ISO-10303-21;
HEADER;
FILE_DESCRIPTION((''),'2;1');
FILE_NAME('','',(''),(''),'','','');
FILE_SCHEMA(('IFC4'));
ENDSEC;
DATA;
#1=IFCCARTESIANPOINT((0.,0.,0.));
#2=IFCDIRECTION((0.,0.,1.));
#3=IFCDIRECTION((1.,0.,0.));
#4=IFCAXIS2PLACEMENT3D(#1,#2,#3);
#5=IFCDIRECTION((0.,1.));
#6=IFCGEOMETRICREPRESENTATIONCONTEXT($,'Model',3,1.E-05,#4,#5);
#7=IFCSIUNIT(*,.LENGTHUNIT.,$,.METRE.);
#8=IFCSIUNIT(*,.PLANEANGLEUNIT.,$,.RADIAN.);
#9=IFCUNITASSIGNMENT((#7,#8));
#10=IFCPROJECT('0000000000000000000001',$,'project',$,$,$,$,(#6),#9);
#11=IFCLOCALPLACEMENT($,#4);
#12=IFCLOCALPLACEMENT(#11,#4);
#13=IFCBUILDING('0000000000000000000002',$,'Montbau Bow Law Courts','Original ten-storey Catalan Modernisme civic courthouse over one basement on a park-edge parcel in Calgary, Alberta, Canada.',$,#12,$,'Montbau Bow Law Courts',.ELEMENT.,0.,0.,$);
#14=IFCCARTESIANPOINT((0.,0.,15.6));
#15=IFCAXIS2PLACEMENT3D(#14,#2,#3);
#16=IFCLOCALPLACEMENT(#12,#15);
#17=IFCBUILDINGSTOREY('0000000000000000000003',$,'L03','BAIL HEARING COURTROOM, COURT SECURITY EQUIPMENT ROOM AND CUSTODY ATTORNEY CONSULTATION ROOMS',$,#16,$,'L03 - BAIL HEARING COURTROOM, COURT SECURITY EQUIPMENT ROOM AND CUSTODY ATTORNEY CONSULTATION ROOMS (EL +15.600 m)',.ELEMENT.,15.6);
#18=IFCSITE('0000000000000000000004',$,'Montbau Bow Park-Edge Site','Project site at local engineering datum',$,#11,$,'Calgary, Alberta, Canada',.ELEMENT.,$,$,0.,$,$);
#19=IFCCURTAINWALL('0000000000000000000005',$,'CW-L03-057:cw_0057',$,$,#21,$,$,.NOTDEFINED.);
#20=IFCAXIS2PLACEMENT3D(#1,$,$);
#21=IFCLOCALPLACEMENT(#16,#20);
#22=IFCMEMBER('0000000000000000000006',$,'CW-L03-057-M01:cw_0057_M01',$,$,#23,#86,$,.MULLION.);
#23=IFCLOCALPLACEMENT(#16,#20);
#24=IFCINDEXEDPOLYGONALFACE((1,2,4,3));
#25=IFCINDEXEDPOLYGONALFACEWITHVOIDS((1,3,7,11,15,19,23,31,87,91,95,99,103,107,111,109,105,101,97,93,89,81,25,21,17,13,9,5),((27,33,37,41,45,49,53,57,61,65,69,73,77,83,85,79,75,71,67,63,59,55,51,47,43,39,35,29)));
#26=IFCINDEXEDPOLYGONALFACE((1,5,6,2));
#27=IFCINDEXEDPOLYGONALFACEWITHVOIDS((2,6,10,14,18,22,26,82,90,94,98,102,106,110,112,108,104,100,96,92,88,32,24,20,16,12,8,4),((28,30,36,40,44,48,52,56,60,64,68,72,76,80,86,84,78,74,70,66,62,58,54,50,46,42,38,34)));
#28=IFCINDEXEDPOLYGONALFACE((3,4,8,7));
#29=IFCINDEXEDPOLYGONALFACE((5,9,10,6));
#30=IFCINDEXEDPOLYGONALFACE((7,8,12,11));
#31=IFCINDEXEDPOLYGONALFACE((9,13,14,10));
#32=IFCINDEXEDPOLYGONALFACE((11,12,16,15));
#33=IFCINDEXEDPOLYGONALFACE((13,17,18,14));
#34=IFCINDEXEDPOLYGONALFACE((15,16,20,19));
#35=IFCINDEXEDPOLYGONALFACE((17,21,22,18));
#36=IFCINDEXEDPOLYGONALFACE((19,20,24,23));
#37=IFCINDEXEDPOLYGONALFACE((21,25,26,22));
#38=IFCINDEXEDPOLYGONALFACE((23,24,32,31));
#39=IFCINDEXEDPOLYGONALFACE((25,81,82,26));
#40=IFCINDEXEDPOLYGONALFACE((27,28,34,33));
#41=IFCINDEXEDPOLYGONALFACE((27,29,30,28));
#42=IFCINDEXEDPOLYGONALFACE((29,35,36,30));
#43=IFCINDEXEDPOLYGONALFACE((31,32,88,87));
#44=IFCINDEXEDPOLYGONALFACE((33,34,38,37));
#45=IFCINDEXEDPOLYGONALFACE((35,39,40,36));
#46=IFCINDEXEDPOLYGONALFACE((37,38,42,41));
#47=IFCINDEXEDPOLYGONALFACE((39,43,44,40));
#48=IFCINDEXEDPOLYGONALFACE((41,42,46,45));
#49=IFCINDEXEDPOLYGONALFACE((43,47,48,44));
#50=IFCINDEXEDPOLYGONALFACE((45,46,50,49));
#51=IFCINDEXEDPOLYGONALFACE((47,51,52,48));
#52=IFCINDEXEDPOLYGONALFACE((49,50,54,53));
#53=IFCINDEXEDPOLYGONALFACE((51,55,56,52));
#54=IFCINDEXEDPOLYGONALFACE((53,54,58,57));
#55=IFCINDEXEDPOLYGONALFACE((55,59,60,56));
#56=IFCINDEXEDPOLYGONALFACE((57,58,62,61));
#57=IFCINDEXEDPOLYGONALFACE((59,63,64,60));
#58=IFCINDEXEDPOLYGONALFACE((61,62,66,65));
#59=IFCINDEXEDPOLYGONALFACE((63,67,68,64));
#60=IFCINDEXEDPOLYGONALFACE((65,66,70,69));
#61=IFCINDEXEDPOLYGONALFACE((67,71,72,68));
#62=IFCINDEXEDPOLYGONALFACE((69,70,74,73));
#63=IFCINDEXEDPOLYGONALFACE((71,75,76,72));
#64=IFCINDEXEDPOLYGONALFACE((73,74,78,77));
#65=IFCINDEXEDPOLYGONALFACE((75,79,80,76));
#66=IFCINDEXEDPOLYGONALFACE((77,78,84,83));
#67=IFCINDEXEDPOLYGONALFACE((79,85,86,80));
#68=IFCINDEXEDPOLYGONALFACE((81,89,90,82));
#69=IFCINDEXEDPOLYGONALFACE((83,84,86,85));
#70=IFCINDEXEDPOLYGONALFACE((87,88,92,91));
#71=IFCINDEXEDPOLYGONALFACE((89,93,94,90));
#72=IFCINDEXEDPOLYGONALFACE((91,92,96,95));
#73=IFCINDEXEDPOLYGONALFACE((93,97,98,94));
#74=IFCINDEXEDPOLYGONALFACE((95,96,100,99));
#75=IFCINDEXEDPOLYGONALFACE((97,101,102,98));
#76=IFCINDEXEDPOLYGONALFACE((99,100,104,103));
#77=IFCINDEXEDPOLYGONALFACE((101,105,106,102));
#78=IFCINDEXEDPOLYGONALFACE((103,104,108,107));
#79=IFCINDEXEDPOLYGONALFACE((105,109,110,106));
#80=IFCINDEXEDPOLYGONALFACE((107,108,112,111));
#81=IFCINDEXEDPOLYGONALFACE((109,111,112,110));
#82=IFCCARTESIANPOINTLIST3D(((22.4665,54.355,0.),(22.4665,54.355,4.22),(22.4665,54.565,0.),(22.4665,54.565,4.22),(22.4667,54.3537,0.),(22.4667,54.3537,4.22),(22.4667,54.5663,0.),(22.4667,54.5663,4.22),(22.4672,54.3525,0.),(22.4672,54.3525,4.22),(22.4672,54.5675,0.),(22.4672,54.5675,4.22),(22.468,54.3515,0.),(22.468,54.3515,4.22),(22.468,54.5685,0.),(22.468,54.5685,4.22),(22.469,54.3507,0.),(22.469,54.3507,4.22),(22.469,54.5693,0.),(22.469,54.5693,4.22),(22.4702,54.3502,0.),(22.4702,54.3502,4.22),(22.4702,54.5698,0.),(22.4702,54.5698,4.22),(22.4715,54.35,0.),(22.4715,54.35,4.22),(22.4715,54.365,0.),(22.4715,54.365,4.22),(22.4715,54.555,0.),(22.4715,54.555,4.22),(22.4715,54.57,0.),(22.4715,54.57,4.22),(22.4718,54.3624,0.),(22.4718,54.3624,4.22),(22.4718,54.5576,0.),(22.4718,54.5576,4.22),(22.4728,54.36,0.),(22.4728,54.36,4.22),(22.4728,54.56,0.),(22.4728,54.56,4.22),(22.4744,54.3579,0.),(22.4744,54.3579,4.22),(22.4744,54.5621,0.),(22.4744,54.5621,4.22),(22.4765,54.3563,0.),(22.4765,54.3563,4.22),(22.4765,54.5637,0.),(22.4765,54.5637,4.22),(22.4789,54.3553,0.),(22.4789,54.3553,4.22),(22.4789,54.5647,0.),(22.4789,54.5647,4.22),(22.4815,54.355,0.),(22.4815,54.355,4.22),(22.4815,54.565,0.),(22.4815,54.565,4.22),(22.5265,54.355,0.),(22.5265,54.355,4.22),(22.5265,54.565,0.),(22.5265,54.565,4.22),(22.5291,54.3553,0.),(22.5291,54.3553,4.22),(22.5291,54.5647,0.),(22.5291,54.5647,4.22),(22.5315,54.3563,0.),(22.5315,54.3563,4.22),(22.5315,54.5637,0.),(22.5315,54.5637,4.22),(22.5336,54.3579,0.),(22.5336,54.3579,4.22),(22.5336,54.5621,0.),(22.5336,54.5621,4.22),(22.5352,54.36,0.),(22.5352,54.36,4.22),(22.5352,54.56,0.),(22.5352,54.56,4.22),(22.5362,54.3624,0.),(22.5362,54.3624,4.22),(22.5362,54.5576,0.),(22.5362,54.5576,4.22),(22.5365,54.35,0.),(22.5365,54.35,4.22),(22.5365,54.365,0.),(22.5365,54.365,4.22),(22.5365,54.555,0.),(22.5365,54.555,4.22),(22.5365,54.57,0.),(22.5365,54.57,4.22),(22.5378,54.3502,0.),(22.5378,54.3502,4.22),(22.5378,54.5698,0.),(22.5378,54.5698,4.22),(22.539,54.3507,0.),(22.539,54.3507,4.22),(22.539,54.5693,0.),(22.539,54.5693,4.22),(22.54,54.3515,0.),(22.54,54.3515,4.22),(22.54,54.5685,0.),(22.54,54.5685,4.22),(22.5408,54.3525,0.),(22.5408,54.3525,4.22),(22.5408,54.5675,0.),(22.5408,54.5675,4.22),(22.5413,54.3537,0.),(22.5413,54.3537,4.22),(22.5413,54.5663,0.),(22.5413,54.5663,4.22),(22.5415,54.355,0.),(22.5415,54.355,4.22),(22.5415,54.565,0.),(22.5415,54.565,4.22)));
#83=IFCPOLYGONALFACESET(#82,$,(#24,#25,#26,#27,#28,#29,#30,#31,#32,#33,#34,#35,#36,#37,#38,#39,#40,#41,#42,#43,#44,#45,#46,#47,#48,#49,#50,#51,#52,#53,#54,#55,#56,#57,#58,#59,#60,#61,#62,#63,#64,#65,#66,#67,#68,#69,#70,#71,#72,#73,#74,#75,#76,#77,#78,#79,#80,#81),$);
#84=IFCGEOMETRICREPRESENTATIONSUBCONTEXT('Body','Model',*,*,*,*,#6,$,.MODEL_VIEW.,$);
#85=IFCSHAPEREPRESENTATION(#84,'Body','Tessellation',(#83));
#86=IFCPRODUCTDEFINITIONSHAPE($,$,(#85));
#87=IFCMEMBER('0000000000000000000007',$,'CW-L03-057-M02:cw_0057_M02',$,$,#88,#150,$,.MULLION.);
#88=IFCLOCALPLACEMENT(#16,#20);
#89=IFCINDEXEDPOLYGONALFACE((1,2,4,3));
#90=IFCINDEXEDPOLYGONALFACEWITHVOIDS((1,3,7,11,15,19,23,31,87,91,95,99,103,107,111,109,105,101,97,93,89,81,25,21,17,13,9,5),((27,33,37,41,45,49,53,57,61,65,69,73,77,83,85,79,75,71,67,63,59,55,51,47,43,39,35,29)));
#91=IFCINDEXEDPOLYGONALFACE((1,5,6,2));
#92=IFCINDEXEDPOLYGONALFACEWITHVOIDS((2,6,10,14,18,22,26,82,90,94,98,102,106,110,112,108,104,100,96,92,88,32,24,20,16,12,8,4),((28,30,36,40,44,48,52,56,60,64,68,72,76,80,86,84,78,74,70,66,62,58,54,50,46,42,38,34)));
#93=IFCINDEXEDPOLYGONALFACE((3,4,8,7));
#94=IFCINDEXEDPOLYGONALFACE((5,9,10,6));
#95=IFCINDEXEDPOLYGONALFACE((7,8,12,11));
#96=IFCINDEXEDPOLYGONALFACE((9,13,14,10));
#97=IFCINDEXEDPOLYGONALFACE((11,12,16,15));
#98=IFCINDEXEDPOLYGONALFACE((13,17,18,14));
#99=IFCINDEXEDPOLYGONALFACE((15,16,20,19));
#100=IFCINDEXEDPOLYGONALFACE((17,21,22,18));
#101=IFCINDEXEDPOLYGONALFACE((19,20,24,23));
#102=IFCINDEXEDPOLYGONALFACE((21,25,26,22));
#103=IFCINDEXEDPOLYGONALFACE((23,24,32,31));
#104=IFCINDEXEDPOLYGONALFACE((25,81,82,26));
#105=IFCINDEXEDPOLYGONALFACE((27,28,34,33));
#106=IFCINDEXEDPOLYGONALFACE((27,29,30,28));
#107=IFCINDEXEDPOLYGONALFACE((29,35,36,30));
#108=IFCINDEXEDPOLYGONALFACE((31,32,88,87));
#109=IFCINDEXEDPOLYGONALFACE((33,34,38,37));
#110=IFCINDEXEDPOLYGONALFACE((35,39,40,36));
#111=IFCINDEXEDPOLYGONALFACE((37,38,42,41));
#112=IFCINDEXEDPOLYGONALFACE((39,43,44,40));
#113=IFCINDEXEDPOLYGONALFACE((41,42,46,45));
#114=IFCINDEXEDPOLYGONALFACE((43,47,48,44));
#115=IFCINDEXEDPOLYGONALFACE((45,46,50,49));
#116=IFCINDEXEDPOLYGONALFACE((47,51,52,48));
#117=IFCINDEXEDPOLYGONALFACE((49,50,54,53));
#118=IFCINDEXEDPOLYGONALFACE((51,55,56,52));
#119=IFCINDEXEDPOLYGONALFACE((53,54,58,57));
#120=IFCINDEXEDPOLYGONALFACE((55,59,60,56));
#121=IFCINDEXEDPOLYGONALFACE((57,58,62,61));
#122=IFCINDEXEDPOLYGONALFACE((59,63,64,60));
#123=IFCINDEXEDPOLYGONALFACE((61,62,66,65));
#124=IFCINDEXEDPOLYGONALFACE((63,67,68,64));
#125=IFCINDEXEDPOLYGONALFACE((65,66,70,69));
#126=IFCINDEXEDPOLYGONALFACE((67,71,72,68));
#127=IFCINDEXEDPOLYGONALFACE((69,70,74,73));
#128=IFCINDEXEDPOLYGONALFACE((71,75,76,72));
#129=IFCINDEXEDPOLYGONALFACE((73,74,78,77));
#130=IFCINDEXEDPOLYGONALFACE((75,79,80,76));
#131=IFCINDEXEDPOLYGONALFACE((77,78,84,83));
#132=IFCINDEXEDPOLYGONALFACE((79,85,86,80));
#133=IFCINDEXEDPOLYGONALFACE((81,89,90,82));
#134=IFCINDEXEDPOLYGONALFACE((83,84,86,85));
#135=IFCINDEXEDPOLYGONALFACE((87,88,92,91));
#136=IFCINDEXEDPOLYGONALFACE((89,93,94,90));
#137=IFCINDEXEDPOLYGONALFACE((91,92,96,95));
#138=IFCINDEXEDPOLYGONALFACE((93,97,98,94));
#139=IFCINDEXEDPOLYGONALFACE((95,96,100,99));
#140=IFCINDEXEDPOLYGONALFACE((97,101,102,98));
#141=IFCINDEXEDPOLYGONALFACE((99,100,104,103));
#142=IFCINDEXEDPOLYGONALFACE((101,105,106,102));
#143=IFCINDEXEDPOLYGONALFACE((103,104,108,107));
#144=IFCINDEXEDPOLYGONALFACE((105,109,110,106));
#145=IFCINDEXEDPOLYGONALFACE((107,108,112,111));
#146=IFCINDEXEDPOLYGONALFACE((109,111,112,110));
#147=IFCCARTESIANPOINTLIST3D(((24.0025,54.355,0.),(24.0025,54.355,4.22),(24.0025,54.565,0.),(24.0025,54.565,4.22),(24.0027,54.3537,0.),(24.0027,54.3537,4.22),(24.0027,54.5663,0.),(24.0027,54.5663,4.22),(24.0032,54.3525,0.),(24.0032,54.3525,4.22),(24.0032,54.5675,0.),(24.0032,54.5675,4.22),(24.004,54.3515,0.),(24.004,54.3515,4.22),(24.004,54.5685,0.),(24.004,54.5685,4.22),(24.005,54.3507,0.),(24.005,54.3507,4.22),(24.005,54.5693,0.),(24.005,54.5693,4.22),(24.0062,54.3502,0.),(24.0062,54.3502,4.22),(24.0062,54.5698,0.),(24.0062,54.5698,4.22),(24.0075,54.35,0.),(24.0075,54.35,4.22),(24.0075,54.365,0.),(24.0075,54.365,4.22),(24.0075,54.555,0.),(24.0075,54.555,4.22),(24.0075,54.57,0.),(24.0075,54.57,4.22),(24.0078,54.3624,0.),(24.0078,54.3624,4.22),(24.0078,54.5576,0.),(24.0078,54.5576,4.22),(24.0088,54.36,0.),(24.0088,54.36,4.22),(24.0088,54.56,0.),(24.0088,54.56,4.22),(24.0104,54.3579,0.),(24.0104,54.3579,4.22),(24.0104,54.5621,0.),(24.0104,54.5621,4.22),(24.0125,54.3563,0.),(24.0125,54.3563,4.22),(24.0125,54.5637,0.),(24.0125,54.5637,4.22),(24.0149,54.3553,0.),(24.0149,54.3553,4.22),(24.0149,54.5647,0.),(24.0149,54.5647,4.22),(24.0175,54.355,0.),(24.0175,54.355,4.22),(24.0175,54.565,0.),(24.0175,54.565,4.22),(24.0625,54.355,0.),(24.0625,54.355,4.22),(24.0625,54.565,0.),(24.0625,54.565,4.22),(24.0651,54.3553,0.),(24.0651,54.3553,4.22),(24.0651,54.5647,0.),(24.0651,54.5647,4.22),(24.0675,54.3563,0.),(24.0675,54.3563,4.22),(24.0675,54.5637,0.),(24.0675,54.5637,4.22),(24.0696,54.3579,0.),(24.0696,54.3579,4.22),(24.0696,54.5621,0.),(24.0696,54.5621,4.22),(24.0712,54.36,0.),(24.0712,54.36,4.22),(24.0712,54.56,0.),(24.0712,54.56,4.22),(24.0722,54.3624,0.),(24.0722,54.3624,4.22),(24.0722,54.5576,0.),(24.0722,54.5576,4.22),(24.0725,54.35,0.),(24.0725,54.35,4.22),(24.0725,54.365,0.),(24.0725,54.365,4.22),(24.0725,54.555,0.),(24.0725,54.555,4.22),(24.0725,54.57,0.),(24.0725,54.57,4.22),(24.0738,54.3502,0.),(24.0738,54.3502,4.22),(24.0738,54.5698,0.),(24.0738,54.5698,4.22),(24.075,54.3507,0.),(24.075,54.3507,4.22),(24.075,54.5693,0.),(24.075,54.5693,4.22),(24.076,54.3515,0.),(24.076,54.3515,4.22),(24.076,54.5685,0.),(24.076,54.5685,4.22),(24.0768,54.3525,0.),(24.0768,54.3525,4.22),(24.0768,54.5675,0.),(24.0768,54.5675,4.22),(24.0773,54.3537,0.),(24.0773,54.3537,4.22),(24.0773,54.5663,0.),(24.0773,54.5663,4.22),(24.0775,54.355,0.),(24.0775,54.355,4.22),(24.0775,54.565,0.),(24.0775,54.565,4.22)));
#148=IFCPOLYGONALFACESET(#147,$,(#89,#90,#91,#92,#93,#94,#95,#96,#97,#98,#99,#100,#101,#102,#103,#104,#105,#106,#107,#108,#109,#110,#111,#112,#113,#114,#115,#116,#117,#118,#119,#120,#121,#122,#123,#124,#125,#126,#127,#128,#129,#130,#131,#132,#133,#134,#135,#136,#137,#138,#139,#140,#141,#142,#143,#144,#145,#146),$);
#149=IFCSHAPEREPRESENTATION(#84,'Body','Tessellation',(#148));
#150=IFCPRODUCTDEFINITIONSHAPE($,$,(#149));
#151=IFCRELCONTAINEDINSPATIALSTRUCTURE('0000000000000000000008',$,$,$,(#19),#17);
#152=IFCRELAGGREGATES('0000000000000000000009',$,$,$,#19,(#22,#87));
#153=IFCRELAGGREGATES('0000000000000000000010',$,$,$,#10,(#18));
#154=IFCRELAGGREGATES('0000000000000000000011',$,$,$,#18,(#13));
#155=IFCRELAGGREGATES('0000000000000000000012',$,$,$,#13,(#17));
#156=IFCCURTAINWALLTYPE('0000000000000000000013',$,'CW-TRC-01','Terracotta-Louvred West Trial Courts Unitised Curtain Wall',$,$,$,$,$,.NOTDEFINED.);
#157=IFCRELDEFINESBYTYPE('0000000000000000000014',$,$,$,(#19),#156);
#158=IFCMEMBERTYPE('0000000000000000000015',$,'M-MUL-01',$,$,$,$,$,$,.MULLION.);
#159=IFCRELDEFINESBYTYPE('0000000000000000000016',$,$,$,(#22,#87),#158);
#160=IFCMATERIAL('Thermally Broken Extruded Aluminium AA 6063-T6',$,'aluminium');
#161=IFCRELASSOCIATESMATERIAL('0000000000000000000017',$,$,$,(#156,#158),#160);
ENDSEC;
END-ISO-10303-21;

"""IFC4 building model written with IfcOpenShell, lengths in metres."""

from ifc_helpers import new_model, si_unit, direction, frame, origin_with_axes, origin_2d_with_axis, place, context, subcontext, project, spatial, hollow_rectangle, extrude, material, material_profile, profile_set, type_object, element, aggregate, save


model = new_model("IFC4")

# Units and contexts
model_context = context("Model", 3, precision=1e-05, world=origin_with_axes(), true_north=direction((0.0, 1.0)))
body_context = subcontext(model_context, "Body", "Model", "MODEL_VIEW")
ifc_project = project(units=[si_unit("LENGTHUNIT", "METRE"), si_unit("PLANEANGLEUNIT", "RADIAN")], contexts=[model_context])

# Site, building, storey
site_placement = place(None, origin_with_axes())
site = spatial("IfcSite", under=ifc_project, at=site_placement, Name="Montbau Bow Park-Edge Site", Description="Project site at local engineering datum", LongName="Calgary, Alberta, Canada", CompositionType="ELEMENT", RefElevation=0.0)
building_placement = place(site_placement, origin_with_axes())
building = spatial("IfcBuilding", under=site, at=building_placement, Name="Montbau Bow Law Courts", Description="Original ten-storey Catalan Modernisme civic courthouse over one basement on a park-edge parcel in Calgary, Alberta, Canada.", LongName="Montbau Bow Law Courts", CompositionType="ELEMENT", ElevationOfRefHeight=0.0, ElevationOfTerrain=0.0)
storey_placement = place(building_placement, frame((0.0, 0.0, 15.6), z_axis=(0.0, 0.0, 1.0), x_axis=(1.0, 0.0, 0.0)))
storey = spatial("IfcBuildingStorey", under=building, at=storey_placement, Name="L03", Description="BAIL HEARING COURTROOM, COURT SECURITY EQUIPMENT ROOM AND CUSTODY ATTORNEY CONSULTATION ROOMS", LongName="L03 - BAIL HEARING COURTROOM, COURT SECURITY EQUIPMENT ROOM AND CUSTODY ATTORNEY CONSULTATION ROOMS (EL +15.600 m)", CompositionType="ELEMENT", Elevation=15.6)

# Curtain wall, members
ifc_material_1 = material(Name="Thermally Broken Extruded Aluminium AA 6063-T6", Category="aluminium")
curtain_wall_type = type_object("IfcCurtainWallType", Name="CW-TRC-01", Description="Terracotta-Louvred West Trial Courts Unitised Curtain Wall", PredefinedType="NOTDEFINED", material=ifc_material_1)
curtain_wall_1_placement = place(None, frame((22.467, 54.46, 15.6), z_axis=(0.0, 0.0, 1.0), x_axis=(1.0, 0.0, 0.0)))
curtain_wall_1 = element("IfcCurtainWall", 1, at=curtain_wall_1_placement, inside=storey, type_object=curtain_wall_type, Name="CW-L03-057:cw_0057", PredefinedType="NOTDEFINED")
ifc_material_profile_1 = material_profile(ifc_material_1, hollow_rectangle(XDim=0.075, YDim=0.22, WallThickness=0.005, InnerFilletRadius=0.01, OuterFilletRadius=0.005, at=origin_2d_with_axis()), Name="CWM-220X75", Category="Main", Priority=0)
ifc_profile_set_1 = profile_set([ifc_material_profile_1], Name="Thermally Broken Extruded Aluminium AA 6063-T6")
member_type_1 = type_object("IfcMemberType", Name="M-MUL-01", PredefinedType="MULLION", material=ifc_profile_set_1)
member_1_placement = place(None, frame((22.504, 54.46, 15.6), z_axis=(0.0, 0.0, 1.0), x_axis=(1.0, 0.0, 0.0)))
member_1 = element("IfcMember", 2, at=member_1_placement, type_object=member_type_1, Name="CW-L03-057-M01:cw_0057_M01", PredefinedType="MULLION", context=body_context, shape_type="SweptSolid", body=[
    extrude(hollow_rectangle(XDim=0.075, YDim=0.22, WallThickness=0.005, InnerFilletRadius=0.01, OuterFilletRadius=0.005, at=origin_2d_with_axis()), origin_with_axes(), (0.0, 0.0, 1.0), 4.22),
])
member_2_placement = place(None, frame((24.04, 54.46, 15.6), z_axis=(0.0, 0.0, 1.0), x_axis=(1.0, 0.0, 0.0)))
member_2 = element("IfcMember", 3, at=member_2_placement, type_object=member_type_1, Name="CW-L03-057-M02:cw_0057_M02", PredefinedType="MULLION", context=body_context, shape_type="SweptSolid", body=[
    extrude(hollow_rectangle(XDim=0.075, YDim=0.22, WallThickness=0.005, InnerFilletRadius=0.01, OuterFilletRadius=0.005, at=origin_2d_with_axis()), origin_with_axes(), (0.0, 0.0, 1.0), 4.22),
])

aggregate(curtain_wall_1, [member_1, member_2])

save(model, "model.ifc")
